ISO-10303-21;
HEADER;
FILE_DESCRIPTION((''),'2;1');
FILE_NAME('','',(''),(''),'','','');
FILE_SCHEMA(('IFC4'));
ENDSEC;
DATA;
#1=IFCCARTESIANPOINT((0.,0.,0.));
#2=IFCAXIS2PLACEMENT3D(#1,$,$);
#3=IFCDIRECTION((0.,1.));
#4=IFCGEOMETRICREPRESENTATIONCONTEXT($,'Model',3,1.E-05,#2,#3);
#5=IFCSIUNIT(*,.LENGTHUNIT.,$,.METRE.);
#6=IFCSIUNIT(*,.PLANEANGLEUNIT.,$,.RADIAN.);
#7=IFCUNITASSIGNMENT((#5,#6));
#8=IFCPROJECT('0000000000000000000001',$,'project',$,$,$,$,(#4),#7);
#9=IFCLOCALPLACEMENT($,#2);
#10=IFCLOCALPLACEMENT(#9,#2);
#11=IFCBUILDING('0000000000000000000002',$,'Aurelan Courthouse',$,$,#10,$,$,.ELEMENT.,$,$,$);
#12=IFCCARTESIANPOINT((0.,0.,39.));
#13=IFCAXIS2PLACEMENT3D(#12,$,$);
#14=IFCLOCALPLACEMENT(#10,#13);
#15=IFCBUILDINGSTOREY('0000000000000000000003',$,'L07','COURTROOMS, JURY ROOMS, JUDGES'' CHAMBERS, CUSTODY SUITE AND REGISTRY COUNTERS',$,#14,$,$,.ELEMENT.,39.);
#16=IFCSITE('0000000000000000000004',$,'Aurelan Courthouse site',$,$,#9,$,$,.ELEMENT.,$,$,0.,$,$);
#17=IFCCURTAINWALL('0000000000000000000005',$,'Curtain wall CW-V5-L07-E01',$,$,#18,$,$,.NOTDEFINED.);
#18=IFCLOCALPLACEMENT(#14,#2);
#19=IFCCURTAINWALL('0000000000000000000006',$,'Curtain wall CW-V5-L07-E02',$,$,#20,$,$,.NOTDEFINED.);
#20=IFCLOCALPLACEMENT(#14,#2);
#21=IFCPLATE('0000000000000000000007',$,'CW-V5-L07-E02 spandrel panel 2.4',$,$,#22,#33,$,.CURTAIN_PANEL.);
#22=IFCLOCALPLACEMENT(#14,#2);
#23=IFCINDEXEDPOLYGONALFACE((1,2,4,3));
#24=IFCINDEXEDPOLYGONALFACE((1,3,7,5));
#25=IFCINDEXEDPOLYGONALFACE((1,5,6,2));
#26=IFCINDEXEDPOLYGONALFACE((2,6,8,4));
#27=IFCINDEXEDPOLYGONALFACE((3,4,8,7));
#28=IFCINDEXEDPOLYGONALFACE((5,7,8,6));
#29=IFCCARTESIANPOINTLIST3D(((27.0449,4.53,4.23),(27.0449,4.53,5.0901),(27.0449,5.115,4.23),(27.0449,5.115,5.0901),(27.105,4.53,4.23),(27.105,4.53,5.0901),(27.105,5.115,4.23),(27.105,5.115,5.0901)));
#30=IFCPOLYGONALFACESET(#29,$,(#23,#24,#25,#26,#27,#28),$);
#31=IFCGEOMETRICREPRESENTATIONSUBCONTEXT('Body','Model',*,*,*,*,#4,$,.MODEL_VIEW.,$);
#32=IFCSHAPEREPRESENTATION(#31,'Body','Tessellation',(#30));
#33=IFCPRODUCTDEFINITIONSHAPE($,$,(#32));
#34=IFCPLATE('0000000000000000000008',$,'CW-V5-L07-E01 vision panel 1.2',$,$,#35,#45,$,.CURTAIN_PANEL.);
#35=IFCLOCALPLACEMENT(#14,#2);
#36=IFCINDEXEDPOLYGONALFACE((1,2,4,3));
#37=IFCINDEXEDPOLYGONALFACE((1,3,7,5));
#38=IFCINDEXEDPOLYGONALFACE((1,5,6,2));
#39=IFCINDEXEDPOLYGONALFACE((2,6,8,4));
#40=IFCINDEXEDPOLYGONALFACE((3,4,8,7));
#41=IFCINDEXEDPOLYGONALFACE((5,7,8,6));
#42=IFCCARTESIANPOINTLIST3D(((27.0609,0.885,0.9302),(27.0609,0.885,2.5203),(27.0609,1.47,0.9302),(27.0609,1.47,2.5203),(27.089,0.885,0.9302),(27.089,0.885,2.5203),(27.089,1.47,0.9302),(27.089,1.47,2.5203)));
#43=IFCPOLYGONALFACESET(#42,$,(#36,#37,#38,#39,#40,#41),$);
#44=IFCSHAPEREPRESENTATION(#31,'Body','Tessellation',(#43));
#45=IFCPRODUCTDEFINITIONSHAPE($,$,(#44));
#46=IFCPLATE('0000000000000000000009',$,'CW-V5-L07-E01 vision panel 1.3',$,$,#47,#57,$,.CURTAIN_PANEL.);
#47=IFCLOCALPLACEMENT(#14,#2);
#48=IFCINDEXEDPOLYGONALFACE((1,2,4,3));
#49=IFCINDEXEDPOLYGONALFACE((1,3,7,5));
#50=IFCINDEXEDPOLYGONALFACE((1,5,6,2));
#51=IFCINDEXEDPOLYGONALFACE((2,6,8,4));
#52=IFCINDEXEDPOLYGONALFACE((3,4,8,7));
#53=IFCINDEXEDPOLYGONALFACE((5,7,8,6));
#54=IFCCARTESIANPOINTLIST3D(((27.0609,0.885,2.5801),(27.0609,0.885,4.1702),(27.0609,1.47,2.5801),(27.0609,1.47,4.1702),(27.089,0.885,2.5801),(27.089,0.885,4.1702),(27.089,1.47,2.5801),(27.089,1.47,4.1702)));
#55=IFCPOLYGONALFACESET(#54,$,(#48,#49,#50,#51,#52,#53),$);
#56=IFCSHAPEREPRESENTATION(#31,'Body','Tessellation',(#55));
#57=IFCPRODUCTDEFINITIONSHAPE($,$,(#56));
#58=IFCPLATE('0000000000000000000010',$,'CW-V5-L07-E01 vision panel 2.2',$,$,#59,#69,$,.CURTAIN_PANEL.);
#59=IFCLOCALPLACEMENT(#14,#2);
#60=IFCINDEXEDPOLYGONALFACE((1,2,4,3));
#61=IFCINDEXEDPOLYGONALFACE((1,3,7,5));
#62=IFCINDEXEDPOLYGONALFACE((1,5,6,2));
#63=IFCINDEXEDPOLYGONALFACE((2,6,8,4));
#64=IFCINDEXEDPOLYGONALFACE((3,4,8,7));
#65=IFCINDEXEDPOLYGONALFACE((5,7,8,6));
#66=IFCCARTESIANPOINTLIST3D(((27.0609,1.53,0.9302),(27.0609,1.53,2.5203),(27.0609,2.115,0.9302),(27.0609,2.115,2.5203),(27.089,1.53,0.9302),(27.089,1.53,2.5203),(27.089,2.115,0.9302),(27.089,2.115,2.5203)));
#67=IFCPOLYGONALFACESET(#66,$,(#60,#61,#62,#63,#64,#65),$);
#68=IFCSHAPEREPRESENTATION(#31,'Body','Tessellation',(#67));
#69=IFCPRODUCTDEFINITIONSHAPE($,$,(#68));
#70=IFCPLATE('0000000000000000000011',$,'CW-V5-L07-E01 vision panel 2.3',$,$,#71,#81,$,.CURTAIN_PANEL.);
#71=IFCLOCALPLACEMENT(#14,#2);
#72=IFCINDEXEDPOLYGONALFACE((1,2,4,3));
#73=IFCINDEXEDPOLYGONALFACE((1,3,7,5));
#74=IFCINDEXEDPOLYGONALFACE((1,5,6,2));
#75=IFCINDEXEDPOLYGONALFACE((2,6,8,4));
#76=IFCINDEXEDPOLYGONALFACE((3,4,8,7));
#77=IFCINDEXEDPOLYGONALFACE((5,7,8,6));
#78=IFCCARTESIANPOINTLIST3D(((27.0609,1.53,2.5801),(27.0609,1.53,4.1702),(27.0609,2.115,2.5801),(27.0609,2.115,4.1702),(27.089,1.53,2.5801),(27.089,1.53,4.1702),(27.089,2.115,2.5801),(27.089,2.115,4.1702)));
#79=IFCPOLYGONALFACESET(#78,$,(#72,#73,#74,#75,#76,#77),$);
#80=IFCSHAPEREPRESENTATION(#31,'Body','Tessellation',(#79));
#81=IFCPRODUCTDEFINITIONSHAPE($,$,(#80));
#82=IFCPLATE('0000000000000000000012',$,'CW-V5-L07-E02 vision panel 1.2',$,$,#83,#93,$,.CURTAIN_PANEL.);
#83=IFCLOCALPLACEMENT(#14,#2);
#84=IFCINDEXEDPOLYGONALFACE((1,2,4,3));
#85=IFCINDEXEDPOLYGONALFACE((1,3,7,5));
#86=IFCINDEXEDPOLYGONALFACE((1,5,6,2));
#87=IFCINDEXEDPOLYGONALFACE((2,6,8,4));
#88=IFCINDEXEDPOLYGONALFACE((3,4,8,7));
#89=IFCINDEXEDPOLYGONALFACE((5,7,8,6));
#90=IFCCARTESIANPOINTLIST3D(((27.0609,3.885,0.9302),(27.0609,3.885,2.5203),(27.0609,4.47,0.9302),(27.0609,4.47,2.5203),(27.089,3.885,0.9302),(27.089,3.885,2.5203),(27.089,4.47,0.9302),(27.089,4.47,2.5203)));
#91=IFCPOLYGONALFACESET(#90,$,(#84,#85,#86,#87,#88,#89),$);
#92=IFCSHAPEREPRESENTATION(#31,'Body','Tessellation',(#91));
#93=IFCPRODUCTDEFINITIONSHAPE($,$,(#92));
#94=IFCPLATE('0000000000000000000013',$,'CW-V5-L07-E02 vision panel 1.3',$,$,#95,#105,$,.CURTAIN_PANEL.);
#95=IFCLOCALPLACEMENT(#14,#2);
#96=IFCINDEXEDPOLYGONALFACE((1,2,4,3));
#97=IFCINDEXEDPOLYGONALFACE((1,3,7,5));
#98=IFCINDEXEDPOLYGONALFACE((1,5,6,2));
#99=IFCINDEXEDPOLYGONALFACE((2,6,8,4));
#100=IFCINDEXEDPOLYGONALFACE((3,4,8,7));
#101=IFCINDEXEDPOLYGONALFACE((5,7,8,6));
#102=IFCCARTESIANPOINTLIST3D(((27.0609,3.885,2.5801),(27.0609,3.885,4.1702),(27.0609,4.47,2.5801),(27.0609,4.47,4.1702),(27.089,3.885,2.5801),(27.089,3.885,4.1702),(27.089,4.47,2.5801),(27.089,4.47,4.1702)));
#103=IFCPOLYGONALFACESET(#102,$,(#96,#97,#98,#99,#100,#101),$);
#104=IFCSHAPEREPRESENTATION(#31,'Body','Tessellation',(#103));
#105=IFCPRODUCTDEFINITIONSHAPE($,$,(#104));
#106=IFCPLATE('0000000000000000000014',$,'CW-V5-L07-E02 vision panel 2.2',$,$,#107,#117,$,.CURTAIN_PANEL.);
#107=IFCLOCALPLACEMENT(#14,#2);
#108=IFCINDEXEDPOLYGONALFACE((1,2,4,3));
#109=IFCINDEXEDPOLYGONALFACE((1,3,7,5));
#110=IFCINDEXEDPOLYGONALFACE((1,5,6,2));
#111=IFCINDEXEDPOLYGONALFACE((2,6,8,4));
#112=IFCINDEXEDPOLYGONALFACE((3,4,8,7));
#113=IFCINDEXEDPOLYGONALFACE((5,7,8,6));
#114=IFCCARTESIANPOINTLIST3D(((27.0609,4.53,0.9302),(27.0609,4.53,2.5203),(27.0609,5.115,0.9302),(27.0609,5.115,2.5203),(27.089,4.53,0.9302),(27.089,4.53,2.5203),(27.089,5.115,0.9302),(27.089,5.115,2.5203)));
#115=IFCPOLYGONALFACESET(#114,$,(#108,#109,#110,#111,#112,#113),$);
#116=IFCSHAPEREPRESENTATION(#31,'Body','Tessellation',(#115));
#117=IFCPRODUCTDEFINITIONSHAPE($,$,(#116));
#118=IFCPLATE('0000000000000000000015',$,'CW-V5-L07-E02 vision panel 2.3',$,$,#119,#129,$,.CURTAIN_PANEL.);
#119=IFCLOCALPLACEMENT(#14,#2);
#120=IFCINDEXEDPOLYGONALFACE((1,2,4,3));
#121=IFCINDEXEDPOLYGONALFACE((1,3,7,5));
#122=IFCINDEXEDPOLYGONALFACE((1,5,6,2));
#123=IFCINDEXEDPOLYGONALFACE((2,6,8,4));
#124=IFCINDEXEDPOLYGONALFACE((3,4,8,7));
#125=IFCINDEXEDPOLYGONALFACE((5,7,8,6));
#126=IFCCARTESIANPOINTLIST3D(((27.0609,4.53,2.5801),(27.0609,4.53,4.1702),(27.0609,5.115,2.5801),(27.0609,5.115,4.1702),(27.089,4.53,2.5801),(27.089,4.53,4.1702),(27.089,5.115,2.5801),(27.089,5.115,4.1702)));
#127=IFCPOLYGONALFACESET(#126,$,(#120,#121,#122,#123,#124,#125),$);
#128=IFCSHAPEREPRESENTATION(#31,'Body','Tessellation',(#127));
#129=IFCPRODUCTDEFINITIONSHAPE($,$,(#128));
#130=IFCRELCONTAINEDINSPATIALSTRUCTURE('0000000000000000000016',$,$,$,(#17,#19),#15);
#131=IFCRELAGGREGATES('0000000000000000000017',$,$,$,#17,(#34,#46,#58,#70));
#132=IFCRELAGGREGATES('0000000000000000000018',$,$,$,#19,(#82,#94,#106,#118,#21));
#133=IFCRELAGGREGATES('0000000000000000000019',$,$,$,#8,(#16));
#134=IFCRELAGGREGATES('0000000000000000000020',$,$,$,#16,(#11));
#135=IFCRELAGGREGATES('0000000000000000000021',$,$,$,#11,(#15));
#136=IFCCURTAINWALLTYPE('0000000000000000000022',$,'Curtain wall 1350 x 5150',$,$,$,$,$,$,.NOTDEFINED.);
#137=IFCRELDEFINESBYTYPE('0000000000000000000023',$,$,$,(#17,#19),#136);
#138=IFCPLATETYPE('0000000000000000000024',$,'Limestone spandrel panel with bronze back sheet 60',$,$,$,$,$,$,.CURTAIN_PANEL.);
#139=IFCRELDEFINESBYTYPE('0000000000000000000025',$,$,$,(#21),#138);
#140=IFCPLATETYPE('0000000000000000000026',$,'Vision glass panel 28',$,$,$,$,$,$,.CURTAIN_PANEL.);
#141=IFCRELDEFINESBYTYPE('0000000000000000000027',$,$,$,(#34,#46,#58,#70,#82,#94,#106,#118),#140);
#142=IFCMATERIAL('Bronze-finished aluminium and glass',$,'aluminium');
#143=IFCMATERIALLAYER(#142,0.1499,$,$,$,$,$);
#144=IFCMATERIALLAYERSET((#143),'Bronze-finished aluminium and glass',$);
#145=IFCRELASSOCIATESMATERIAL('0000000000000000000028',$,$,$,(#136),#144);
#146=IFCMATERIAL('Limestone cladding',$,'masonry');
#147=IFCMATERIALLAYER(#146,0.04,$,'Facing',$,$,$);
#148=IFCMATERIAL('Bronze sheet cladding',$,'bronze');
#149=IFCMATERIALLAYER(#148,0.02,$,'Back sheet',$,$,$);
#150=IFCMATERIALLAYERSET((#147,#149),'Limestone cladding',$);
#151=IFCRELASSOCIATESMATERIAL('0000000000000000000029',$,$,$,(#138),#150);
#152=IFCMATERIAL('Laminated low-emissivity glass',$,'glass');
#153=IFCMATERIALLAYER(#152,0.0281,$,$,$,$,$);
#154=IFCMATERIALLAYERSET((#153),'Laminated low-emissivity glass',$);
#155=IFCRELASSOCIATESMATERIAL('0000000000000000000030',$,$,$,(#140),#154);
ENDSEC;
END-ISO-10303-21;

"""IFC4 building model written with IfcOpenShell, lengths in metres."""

from ifc_helpers import new_model, si_unit, direction, frame, origin, origin_2d, place, context, subcontext, project, spatial, rectangle, extrude, material, layer, layer_set, type_object, element, aggregate, save


model = new_model("IFC4")

# Units and contexts
model_context = context("Model", 3, precision=1e-05, world=origin(), true_north=direction((0.0, 1.0)))
body_context = subcontext(model_context, "Body", "Model", "MODEL_VIEW")
ifc_project = project(units=[si_unit("LENGTHUNIT", "METRE"), si_unit("PLANEANGLEUNIT", "RADIAN")], contexts=[model_context])

# Site, building, storey
site_placement = place(None, origin())
site = spatial("IfcSite", under=ifc_project, at=site_placement, Name="Aurelan Courthouse site", CompositionType="ELEMENT", RefElevation=0.0)
building_placement = place(site_placement, origin())
building = spatial("IfcBuilding", under=site, at=building_placement, Name="Aurelan Courthouse", CompositionType="ELEMENT")
storey_placement = place(building_placement, frame((0.0, 0.0, 39.0)))
storey = spatial("IfcBuildingStorey", under=building, at=storey_placement, Name="L07", Description="COURTROOMS, JURY ROOMS, JUDGES' CHAMBERS, CUSTODY SUITE AND REGISTRY COUNTERS", CompositionType="ELEMENT", Elevation=39.0)

# Curtain walls
ifc_material_1 = material(Name="Bronze-finished aluminium and glass", Category="aluminium")
ifc_layer_1 = layer(ifc_material_1, 0.1499)
ifc_layer_set_1 = layer_set([ifc_layer_1], Name="Bronze-finished aluminium and glass")
curtain_wall_type = type_object("IfcCurtainWallType", Name="Curtain wall 1350 x 5150", PredefinedType="NOTDEFINED", material=ifc_layer_set_1)
curtain_wall_1_placement = place(storey_placement, origin())
curtain_wall_1 = element("IfcCurtainWall", 1, at=curtain_wall_1_placement, inside=storey, type_object=curtain_wall_type, Name="Curtain wall CW-V5-L07-E01", PredefinedType="NOTDEFINED")
curtain_wall_2_placement = place(storey_placement, origin())
curtain_wall_2 = element("IfcCurtainWall", 2, at=curtain_wall_2_placement, inside=storey, type_object=curtain_wall_type, Name="Curtain wall CW-V5-L07-E02", PredefinedType="NOTDEFINED")

# Plates
ifc_material_2 = material(Name="Limestone cladding", Category="masonry")
ifc_layer_2 = layer(ifc_material_2, 0.04, Name="Facing")
ifc_material_3 = material(Name="Bronze sheet cladding", Category="bronze")
ifc_layer_3 = layer(ifc_material_3, 0.02, Name="Back sheet")
ifc_layer_set_2 = layer_set([ifc_layer_2, ifc_layer_3], Name="Limestone cladding")
plate_type_1 = type_object("IfcPlateType", Name="Limestone spandrel panel with bronze back sheet 60", PredefinedType="CURTAIN_PANEL", material=ifc_layer_set_2)
plate_1_placement = place(storey_placement, frame((27.075, 4.8225, 4.23), z_axis=(0.0, 0.0, 1.0), x_axis=(0.0, 1.0, 0.0)))
plate_1 = element("IfcPlate", 3, at=plate_1_placement, type_object=plate_type_1, Name="CW-V5-L07-E02 spandrel panel 2.4", PredefinedType="CURTAIN_PANEL", context=body_context, shape_type="SweptSolid", body=[
    extrude(rectangle(XDim=0.585, YDim=0.0601, at=origin_2d()), origin(), (0.0, 0.0, 1.0), 0.8601),
])
ifc_material_4 = material(Name="Laminated low-emissivity glass", Category="glass")
ifc_layer_4 = layer(ifc_material_4, 0.0281)
ifc_layer_set_3 = layer_set([ifc_layer_4], Name="Laminated low-emissivity glass")
plate_type_2 = type_object("IfcPlateType", Name="Vision glass panel 28", PredefinedType="CURTAIN_PANEL", material=ifc_layer_set_3)
plate_2_placement = place(storey_placement, frame((27.075, 1.1775, 0.9302), z_axis=(0.0, 0.0, 1.0), x_axis=(0.0, 1.0, 0.0)))
plate_2 = element("IfcPlate", 4, at=plate_2_placement, type_object=plate_type_2, Name="CW-V5-L07-E01 vision panel 1.2", PredefinedType="CURTAIN_PANEL", context=body_context, shape_type="SweptSolid", body=[
    extrude(rectangle(XDim=0.585, YDim=0.0281, at=origin_2d()), origin(), (0.0, 0.0, 1.0), 1.5901),
])
plate_3_placement = place(storey_placement, frame((27.075, 1.1775, 2.5801), z_axis=(0.0, 0.0, 1.0), x_axis=(0.0, 1.0, 0.0)))
plate_3 = element("IfcPlate", 5, at=plate_3_placement, type_object=plate_type_2, Name="CW-V5-L07-E01 vision panel 1.3", PredefinedType="CURTAIN_PANEL", context=body_context, shape_type="SweptSolid", body=[
    extrude(rectangle(XDim=0.585, YDim=0.0281, at=origin_2d()), origin(), (0.0, 0.0, 1.0), 1.5901),
])
plate_4_placement = place(storey_placement, frame((27.075, 1.8225, 0.9302), z_axis=(0.0, 0.0, 1.0), x_axis=(0.0, 1.0, 0.0)))
plate_4 = element("IfcPlate", 6, at=plate_4_placement, type_object=plate_type_2, Name="CW-V5-L07-E01 vision panel 2.2", PredefinedType="CURTAIN_PANEL", context=body_context, shape_type="SweptSolid", body=[
    extrude(rectangle(XDim=0.585, YDim=0.0281, at=origin_2d()), origin(), (0.0, 0.0, 1.0), 1.5901),
])
plate_5_placement = place(storey_placement, frame((27.075, 1.8225, 2.5801), z_axis=(0.0, 0.0, 1.0), x_axis=(0.0, 1.0, 0.0)))
plate_5 = element("IfcPlate", 7, at=plate_5_placement, type_object=plate_type_2, Name="CW-V5-L07-E01 vision panel 2.3", PredefinedType="CURTAIN_PANEL", context=body_context, shape_type="SweptSolid", body=[
    extrude(rectangle(XDim=0.585, YDim=0.0281, at=origin_2d()), origin(), (0.0, 0.0, 1.0), 1.5901),
])
aggregate(curtain_wall_1, [plate_2, plate_3, plate_4, plate_5])
plate_6_placement = place(storey_placement, frame((27.075, 4.1775, 0.9302), z_axis=(0.0, 0.0, 1.0), x_axis=(0.0, 1.0, 0.0)))
plate_6 = element("IfcPlate", 8, at=plate_6_placement, type_object=plate_type_2, Name="CW-V5-L07-E02 vision panel 1.2", PredefinedType="CURTAIN_PANEL", context=body_context, shape_type="SweptSolid", body=[
    extrude(rectangle(XDim=0.585, YDim=0.0281, at=origin_2d()), origin(), (0.0, 0.0, 1.0), 1.5901),
])
plate_7_placement = place(storey_placement, frame((27.075, 4.1775, 2.5801), z_axis=(0.0, 0.0, 1.0), x_axis=(0.0, 1.0, 0.0)))
plate_7 = element("IfcPlate", 9, at=plate_7_placement, type_object=plate_type_2, Name="CW-V5-L07-E02 vision panel 1.3", PredefinedType="CURTAIN_PANEL", context=body_context, shape_type="SweptSolid", body=[
    extrude(rectangle(XDim=0.585, YDim=0.0281, at=origin_2d()), origin(), (0.0, 0.0, 1.0), 1.5901),
])
plate_8_placement = place(storey_placement, frame((27.075, 4.8225, 0.9302), z_axis=(0.0, 0.0, 1.0), x_axis=(0.0, 1.0, 0.0)))
plate_8 = element("IfcPlate", 10, at=plate_8_placement, type_object=plate_type_2, Name="CW-V5-L07-E02 vision panel 2.2", PredefinedType="CURTAIN_PANEL", context=body_context, shape_type="SweptSolid", body=[
    extrude(rectangle(XDim=0.585, YDim=0.0281, at=origin_2d()), origin(), (0.0, 0.0, 1.0), 1.5901),
])
plate_9_placement = place(storey_placement, frame((27.075, 4.8225, 2.5801), z_axis=(0.0, 0.0, 1.0), x_axis=(0.0, 1.0, 0.0)))
plate_9 = element("IfcPlate", 11, at=plate_9_placement, type_object=plate_type_2, Name="CW-V5-L07-E02 vision panel 2.3", PredefinedType="CURTAIN_PANEL", context=body_context, shape_type="SweptSolid", body=[
    extrude(rectangle(XDim=0.585, YDim=0.0281, at=origin_2d()), origin(), (0.0, 0.0, 1.0), 1.5901),
])
aggregate(curtain_wall_2, [plate_6, plate_7, plate_8, plate_9, plate_1])

save(model, "model.ifc")
